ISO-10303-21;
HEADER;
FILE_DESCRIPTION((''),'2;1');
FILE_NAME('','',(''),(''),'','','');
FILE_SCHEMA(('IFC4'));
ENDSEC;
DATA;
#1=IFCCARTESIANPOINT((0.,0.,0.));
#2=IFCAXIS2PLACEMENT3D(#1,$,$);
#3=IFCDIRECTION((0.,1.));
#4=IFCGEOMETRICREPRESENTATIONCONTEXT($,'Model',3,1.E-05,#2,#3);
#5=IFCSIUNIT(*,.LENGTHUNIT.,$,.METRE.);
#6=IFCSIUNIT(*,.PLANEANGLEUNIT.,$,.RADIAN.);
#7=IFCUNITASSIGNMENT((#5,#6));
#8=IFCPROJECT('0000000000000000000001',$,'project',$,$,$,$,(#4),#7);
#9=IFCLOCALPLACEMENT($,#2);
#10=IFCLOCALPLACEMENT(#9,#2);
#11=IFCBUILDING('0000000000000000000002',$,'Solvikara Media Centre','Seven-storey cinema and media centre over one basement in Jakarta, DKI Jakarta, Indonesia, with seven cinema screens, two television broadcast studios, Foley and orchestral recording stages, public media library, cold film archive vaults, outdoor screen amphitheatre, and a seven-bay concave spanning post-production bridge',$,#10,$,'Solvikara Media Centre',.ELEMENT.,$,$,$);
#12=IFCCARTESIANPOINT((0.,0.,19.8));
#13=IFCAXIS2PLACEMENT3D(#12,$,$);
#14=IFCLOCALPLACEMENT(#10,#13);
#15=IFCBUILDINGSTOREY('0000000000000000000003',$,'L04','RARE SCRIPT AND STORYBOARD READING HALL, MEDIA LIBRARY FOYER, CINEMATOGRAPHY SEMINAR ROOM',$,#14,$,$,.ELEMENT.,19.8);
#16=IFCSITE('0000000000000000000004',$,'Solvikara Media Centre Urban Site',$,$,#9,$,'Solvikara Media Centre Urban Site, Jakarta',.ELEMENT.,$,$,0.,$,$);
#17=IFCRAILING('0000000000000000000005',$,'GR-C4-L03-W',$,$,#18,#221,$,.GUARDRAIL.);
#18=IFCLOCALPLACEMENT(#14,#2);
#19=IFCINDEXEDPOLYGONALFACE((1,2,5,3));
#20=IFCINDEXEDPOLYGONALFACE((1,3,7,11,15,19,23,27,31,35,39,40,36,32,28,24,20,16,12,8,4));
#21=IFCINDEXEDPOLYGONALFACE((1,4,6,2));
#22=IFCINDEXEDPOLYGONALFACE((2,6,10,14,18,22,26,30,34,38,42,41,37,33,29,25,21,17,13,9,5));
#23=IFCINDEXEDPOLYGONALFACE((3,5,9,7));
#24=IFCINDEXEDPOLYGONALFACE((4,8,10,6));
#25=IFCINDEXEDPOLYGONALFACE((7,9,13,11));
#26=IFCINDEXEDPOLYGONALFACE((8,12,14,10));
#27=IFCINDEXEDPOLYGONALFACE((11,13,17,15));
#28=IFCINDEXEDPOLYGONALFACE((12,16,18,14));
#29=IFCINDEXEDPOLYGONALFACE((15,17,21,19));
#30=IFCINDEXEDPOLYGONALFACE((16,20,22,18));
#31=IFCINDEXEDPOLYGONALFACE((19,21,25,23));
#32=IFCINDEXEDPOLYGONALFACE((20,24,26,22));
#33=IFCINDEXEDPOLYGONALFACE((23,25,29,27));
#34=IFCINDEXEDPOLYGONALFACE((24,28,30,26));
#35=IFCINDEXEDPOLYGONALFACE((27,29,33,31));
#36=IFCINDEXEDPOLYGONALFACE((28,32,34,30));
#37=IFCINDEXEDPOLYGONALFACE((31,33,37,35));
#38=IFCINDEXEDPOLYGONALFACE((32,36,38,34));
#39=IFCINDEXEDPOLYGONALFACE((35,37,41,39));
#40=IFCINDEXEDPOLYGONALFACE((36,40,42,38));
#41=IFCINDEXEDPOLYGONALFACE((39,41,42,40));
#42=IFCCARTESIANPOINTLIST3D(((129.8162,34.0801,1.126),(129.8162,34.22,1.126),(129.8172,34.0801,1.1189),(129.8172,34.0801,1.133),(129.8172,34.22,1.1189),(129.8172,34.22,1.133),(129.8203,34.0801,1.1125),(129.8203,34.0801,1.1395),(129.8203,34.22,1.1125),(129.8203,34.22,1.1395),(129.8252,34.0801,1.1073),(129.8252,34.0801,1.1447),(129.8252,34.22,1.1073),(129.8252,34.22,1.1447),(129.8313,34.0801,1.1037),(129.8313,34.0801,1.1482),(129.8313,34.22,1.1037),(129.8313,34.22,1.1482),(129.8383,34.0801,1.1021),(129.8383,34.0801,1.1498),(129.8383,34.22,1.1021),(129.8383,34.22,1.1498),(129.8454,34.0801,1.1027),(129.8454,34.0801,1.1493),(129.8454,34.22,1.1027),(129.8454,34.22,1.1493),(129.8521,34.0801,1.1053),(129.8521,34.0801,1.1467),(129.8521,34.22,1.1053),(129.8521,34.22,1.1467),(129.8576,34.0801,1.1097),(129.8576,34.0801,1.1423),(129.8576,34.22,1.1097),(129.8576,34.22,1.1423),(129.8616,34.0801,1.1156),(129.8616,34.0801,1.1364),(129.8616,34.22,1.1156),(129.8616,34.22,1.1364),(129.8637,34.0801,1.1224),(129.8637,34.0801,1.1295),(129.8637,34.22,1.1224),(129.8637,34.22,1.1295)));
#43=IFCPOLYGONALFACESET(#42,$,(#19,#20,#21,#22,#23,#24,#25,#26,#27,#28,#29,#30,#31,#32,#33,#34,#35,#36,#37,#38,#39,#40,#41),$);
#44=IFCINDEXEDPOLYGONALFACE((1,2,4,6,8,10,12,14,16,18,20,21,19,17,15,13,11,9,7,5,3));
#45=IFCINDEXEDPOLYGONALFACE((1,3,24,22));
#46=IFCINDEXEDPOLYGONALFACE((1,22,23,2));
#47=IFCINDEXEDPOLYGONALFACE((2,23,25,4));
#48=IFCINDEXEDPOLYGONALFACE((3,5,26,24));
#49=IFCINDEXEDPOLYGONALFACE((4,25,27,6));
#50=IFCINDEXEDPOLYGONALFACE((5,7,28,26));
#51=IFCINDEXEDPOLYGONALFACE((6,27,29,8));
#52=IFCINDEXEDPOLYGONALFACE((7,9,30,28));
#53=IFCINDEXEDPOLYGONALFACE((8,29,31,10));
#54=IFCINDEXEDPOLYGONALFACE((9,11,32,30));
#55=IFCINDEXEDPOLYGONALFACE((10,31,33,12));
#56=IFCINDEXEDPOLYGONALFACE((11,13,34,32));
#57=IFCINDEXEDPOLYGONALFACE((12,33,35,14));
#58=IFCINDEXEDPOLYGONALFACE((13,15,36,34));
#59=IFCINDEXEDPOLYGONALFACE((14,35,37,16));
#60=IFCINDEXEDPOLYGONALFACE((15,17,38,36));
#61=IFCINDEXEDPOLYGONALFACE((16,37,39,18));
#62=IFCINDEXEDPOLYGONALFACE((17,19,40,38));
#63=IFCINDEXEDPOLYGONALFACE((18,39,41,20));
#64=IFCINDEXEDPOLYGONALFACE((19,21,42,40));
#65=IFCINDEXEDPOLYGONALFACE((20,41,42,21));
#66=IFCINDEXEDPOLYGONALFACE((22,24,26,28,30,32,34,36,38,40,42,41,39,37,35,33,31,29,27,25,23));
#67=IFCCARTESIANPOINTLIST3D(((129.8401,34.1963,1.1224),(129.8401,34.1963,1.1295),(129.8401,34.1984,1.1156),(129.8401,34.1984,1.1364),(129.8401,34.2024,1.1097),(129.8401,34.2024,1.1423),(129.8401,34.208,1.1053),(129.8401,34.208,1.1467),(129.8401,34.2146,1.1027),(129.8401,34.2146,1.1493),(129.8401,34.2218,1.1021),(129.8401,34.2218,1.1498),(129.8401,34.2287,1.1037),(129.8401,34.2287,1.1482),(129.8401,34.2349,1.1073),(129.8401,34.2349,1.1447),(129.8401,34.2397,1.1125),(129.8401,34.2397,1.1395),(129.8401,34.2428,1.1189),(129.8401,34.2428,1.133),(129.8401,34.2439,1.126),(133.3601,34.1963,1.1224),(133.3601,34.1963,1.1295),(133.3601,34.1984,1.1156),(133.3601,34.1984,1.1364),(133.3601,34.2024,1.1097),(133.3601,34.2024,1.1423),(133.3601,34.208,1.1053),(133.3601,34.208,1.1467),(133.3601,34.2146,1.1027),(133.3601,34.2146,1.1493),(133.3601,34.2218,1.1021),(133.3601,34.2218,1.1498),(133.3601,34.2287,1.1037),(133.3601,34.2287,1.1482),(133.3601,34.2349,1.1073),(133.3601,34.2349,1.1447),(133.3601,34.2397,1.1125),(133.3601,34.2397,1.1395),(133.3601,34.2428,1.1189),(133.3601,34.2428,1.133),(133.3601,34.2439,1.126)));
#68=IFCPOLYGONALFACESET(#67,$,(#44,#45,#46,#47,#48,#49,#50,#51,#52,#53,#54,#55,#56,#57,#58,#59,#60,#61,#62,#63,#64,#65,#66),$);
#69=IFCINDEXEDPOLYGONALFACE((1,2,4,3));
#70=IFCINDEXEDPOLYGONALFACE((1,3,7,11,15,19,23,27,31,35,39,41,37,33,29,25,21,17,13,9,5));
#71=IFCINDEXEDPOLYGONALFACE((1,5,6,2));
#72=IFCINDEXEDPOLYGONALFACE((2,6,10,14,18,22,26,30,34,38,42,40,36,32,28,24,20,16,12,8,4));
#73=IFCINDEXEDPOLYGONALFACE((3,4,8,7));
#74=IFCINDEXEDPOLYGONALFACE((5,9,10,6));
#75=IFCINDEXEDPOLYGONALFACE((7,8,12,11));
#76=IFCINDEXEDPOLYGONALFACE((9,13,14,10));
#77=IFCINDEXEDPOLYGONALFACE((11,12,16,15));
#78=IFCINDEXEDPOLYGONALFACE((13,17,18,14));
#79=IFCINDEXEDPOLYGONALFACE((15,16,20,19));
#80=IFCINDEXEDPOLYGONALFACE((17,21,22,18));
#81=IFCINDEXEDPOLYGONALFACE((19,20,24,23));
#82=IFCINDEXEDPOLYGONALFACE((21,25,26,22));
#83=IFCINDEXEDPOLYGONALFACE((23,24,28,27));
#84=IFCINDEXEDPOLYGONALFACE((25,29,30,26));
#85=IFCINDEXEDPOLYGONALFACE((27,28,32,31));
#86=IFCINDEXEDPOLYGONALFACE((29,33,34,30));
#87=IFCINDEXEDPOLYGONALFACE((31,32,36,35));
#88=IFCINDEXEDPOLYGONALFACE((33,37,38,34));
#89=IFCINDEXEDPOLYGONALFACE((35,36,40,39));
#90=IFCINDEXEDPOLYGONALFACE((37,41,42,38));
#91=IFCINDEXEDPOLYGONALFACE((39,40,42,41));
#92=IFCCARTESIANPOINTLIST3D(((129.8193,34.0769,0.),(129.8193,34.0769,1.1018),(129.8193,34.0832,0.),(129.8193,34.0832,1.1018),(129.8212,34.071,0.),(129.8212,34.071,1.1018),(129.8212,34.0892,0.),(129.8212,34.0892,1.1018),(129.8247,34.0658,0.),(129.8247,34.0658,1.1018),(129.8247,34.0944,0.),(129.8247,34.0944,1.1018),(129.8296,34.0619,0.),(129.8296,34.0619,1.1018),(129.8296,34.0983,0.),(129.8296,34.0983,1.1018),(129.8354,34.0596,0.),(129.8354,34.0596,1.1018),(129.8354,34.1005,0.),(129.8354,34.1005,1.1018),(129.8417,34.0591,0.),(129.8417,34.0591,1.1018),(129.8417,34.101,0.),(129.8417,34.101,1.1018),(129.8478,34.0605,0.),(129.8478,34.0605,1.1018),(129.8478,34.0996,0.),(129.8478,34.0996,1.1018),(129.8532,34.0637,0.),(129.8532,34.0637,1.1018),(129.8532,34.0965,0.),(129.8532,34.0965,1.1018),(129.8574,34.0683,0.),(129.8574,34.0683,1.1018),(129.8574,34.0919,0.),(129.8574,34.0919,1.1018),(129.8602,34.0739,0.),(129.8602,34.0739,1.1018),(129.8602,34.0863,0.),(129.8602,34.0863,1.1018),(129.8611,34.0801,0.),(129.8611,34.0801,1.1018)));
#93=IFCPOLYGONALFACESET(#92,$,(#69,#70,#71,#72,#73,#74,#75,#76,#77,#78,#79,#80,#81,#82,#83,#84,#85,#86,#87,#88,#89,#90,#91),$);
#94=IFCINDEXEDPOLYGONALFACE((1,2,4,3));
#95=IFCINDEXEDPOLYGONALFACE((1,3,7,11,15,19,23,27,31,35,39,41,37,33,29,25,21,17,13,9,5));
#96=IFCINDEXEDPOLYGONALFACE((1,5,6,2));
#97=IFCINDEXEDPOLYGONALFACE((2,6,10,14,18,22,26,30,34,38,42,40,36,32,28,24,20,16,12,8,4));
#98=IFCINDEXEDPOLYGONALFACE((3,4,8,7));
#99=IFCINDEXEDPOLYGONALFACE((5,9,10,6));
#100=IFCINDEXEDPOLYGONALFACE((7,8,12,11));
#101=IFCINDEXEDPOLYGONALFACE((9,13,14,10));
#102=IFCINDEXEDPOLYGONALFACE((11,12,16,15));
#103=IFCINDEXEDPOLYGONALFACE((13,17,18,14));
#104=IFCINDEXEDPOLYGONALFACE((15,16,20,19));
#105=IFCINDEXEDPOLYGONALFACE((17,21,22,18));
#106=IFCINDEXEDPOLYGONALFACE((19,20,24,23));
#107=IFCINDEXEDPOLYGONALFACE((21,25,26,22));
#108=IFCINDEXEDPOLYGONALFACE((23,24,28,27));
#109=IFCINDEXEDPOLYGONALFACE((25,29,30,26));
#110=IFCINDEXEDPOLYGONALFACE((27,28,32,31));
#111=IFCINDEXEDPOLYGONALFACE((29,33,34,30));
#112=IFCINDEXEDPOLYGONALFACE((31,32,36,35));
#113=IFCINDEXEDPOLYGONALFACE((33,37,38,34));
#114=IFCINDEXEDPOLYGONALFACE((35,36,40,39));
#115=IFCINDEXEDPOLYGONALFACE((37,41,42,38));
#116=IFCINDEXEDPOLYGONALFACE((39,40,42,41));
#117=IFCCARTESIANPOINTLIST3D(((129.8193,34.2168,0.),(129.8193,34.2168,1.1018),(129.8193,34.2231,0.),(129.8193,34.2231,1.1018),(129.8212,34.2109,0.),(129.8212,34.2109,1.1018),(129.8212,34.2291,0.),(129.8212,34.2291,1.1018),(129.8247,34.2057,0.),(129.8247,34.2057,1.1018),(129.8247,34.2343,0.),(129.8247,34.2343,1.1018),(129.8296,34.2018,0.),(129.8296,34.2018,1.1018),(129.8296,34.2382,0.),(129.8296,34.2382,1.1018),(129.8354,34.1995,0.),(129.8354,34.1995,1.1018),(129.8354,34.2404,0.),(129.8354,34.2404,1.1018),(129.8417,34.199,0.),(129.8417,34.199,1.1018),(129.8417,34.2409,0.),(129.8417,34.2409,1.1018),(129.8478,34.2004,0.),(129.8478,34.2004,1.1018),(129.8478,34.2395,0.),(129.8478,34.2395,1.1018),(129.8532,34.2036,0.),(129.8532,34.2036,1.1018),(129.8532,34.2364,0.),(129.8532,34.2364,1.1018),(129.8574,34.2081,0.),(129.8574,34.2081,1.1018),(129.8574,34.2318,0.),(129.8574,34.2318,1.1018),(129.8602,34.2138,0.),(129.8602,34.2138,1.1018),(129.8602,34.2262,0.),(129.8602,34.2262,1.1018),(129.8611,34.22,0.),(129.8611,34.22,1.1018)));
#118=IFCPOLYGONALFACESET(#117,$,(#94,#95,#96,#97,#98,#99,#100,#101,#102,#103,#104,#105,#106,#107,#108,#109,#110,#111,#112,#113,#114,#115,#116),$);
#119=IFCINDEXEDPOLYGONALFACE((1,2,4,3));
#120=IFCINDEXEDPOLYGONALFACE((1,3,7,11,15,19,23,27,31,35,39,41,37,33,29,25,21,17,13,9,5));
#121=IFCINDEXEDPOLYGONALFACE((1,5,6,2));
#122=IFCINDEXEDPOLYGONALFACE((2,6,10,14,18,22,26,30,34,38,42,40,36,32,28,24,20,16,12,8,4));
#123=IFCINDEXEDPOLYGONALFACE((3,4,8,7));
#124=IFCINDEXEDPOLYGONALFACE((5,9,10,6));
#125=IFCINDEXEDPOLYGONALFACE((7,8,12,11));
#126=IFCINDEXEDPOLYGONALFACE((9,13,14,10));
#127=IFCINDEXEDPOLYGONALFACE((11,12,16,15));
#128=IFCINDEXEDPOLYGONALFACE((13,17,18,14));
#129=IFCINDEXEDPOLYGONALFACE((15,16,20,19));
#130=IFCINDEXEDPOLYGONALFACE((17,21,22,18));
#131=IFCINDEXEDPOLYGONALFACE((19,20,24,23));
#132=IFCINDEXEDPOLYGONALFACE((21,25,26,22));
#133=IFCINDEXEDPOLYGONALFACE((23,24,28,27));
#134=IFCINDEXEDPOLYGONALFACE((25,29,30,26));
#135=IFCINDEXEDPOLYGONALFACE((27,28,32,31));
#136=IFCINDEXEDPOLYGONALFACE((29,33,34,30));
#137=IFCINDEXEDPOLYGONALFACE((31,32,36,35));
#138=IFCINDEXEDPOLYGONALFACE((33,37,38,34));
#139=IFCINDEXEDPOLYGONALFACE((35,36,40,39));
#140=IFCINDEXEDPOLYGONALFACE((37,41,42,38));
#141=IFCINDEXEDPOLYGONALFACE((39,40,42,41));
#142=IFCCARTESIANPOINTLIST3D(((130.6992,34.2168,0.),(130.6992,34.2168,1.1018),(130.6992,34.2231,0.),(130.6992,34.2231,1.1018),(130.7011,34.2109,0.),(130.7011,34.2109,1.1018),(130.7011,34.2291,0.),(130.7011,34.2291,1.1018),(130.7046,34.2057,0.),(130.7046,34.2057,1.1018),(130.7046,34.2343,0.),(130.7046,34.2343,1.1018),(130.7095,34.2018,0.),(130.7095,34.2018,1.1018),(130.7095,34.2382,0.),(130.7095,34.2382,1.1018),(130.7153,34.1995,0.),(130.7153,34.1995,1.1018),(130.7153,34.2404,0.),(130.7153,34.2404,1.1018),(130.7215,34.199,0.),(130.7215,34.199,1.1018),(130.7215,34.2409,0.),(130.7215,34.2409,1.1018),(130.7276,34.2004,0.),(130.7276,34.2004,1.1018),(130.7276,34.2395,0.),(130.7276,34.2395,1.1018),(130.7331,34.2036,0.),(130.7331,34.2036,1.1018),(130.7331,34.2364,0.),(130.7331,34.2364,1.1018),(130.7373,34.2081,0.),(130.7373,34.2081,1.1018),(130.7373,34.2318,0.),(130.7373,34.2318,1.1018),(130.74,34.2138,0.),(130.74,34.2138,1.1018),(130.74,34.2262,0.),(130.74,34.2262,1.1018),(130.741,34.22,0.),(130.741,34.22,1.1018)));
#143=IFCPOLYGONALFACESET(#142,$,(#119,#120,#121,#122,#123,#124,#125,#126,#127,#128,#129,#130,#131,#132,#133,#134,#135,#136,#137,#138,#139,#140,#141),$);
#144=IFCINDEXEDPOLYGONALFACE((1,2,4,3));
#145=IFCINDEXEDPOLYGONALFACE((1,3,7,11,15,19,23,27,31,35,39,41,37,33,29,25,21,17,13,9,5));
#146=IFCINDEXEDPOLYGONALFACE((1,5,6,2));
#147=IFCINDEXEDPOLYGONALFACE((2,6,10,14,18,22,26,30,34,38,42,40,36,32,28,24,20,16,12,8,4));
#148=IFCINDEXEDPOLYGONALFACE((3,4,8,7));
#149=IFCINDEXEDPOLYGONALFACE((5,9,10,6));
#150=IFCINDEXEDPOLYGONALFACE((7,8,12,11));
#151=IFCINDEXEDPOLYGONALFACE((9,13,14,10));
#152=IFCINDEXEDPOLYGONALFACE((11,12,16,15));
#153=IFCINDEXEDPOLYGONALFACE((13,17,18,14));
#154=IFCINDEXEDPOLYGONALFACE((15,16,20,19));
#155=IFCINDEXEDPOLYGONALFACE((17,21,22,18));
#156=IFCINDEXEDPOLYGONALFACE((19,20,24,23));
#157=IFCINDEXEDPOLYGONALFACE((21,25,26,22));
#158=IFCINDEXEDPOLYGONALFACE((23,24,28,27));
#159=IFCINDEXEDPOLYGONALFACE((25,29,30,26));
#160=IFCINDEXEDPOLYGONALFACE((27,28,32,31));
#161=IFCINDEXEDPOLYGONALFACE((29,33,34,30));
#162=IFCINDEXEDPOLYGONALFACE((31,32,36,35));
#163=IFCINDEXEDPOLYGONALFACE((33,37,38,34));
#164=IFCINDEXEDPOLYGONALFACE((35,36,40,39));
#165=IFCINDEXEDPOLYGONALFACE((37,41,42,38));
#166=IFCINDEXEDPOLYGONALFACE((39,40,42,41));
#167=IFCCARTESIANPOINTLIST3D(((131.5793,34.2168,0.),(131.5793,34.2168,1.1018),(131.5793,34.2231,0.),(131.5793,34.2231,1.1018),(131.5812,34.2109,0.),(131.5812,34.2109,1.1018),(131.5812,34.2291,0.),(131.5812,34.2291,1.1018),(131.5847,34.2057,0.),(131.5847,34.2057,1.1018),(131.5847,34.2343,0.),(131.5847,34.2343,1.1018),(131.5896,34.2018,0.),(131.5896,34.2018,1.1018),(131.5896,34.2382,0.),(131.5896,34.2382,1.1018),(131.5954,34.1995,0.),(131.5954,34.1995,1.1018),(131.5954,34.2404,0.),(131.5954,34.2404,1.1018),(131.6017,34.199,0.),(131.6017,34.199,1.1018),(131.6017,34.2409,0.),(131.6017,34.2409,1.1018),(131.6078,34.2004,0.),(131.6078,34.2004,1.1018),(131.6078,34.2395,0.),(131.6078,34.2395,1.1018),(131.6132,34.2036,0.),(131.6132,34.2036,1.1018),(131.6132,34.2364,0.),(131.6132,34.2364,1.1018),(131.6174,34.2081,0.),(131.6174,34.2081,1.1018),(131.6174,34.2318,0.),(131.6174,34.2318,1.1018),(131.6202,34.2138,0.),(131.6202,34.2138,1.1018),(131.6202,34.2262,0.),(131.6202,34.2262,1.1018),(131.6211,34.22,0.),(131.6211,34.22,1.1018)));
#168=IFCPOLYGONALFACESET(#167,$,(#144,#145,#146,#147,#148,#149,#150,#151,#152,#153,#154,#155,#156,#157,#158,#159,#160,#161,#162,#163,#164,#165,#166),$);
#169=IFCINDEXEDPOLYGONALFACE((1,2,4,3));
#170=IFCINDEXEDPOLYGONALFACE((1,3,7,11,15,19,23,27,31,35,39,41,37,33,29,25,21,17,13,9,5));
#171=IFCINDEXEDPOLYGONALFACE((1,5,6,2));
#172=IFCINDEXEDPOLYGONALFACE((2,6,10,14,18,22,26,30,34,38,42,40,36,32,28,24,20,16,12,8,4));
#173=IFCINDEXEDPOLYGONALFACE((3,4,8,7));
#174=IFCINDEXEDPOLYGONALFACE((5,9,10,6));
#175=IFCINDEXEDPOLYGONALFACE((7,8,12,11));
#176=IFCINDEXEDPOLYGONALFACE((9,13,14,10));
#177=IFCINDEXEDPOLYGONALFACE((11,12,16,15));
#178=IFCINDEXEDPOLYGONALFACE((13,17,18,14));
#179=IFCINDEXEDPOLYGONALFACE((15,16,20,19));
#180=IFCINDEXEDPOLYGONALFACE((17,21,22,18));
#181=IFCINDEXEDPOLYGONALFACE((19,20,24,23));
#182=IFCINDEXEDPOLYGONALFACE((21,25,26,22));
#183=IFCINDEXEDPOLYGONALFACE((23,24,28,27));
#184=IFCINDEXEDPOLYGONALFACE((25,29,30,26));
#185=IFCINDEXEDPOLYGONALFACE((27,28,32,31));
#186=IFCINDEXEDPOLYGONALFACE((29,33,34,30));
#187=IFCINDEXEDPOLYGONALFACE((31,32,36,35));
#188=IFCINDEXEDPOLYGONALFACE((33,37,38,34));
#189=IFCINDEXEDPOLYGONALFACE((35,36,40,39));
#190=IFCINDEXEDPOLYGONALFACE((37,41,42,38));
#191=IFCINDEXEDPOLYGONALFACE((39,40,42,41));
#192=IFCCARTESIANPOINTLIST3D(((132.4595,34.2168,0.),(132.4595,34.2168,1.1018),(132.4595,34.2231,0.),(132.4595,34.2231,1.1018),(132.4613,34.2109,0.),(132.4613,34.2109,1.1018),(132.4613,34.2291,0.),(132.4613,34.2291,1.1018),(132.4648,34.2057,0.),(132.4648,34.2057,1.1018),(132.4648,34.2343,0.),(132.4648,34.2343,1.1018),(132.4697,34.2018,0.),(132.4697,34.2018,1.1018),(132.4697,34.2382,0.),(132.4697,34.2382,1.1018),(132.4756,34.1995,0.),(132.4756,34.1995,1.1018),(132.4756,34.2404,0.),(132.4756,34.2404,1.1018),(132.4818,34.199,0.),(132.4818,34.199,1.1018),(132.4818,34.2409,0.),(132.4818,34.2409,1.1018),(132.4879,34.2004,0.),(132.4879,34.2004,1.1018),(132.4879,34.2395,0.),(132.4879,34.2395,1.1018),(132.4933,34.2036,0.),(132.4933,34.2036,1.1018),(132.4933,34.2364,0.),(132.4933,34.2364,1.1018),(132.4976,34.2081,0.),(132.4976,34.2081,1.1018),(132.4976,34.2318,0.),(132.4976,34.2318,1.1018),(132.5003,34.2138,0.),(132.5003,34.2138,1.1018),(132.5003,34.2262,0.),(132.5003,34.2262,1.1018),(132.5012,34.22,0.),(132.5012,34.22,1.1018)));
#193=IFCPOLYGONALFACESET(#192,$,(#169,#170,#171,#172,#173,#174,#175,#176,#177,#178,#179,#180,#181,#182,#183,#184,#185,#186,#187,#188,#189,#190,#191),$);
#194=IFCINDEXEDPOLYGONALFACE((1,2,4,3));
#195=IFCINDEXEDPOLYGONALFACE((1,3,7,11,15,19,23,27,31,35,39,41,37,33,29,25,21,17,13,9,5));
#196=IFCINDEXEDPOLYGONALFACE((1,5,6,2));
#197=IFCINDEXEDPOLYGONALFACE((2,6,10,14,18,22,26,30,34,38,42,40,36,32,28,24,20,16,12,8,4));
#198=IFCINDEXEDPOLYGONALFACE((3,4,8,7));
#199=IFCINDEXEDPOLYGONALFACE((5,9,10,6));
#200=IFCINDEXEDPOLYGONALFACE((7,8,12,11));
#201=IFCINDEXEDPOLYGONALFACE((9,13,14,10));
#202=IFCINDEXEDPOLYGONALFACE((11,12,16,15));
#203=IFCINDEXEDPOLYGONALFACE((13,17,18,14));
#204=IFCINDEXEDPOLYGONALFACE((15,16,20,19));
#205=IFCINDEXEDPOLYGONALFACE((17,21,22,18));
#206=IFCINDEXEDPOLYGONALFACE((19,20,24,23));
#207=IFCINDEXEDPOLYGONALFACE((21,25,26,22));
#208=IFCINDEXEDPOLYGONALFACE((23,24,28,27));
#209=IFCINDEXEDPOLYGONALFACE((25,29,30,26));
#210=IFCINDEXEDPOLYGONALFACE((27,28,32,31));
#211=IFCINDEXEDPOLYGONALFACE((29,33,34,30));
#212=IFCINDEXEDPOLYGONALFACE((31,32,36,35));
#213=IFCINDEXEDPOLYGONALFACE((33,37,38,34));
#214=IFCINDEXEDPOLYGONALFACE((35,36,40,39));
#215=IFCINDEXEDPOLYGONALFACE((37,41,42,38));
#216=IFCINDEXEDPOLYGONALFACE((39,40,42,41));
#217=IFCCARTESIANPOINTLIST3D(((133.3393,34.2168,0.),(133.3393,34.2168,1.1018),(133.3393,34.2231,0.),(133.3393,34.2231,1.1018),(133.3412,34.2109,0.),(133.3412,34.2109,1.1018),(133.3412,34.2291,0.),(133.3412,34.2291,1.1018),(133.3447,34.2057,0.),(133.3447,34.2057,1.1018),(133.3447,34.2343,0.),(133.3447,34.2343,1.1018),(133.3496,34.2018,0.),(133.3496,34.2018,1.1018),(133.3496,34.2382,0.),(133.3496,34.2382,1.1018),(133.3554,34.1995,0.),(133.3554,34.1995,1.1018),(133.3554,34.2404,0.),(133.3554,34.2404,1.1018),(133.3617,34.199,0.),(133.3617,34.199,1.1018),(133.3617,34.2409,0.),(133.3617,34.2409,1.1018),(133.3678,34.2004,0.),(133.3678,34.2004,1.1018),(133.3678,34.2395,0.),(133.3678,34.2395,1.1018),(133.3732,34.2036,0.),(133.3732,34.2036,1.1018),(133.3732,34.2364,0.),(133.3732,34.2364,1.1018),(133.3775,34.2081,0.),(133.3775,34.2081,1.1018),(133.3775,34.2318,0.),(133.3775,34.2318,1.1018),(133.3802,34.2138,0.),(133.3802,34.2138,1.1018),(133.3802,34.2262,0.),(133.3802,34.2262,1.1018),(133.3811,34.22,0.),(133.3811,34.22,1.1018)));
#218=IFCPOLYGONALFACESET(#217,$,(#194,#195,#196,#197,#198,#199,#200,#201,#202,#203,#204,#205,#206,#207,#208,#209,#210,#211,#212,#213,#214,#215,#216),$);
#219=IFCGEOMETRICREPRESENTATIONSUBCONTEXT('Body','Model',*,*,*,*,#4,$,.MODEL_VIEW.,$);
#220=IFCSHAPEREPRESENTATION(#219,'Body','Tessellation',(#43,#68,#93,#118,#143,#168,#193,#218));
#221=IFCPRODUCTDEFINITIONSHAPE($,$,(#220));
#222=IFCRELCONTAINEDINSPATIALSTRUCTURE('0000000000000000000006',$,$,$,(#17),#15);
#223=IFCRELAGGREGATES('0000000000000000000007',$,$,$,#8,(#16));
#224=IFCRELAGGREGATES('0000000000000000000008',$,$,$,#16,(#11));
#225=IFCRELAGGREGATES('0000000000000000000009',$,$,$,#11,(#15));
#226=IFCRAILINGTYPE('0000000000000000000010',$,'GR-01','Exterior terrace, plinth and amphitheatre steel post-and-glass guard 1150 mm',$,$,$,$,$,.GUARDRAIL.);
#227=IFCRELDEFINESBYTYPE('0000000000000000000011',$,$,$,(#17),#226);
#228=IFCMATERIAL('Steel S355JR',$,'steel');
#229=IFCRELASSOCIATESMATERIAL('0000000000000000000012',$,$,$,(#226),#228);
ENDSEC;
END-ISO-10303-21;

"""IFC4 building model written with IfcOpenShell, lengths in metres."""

from ifc_helpers import new_model, si_unit, direction, frame, origin, origin_2d, place, context, subcontext, project, spatial, circle, extrude, material, type_object, element, save


model = new_model("IFC4")

# Units and contexts
model_context = context("Model", 3, precision=1e-05, world=origin(), true_north=direction((0.0, 1.0)))
body_context = subcontext(model_context, "Body", "Model", "MODEL_VIEW")
ifc_project = project(units=[si_unit("LENGTHUNIT", "METRE"), si_unit("PLANEANGLEUNIT", "RADIAN")], contexts=[model_context])

# Site, building, storey
site_placement = place(None, origin())
site = spatial("IfcSite", under=ifc_project, at=site_placement, Name="Solvikara Media Centre Urban Site", LongName="Solvikara Media Centre Urban Site, Jakarta", CompositionType="ELEMENT", RefElevation=0.0)
building_placement = place(site_placement, origin())
building = spatial("IfcBuilding", under=site, at=building_placement, Name="Solvikara Media Centre", Description="Seven-storey cinema and media centre over one basement in Jakarta, DKI Jakarta, Indonesia, with seven cinema screens, two television broadcast studios, Foley and orchestral recording stages, public media library, cold film archive vaults, outdoor screen amphitheatre, and a seven-bay concave spanning post-production bridge", LongName="Solvikara Media Centre", CompositionType="ELEMENT")
storey_placement = place(building_placement, frame((0.0, 0.0, 19.8)))
storey = spatial("IfcBuildingStorey", under=building, at=storey_placement, Name="L04", Description="RARE SCRIPT AND STORYBOARD READING HALL, MEDIA LIBRARY FOYER, CINEMATOGRAPHY SEMINAR ROOM", CompositionType="ELEMENT", Elevation=19.8)

# Shared definitions
ifc_material_1 = material(Name="Steel S355JR", Category="steel")

# Railing
railing_type_1 = type_object("IfcRailingType", Name="GR-01", Description="Exterior terrace, plinth and amphitheatre steel post-and-glass guard 1150 mm", PredefinedType="GUARDRAIL", material=ifc_material_1)
railing_1_placement = place(storey_placement, frame((129.8401, 34.0801, 0.0)))
element("IfcRailing", 1, at=railing_1_placement, inside=storey, type_object=railing_type_1, Name="GR-C4-L03-W", PredefinedType="GUARDRAIL", context=body_context, shape_type="SweptSolid", body=[
    extrude(circle(Radius=0.0239, at=origin_2d()), frame((0.0, 0.0, 1.126), z_axis=(0.0, 1.0, 0.0), x_axis=(-1.0, 0.0, 0.0)), (0.0, 0.0, 1.0), 0.1399),
    extrude(circle(Radius=0.0239, at=origin_2d()), frame((0.0, 0.1399, 1.126), z_axis=(1.0, 0.0, 0.0), x_axis=(0.0, 1.0, 0.0)), (0.0, 0.0, 1.0), 3.52),
    extrude(circle(Radius=0.021, at=origin_2d()), origin(), (0.0, 0.0, 1.0), 1.1018),
    extrude(circle(Radius=0.021, at=origin_2d()), frame((0.0, 0.1399, 0.0)), (0.0, 0.0, 1.0), 1.1018),
    extrude(circle(Radius=0.021, at=origin_2d()), frame((0.8799, 0.1399, 0.0)), (0.0, 0.0, 1.0), 1.1018),
    extrude(circle(Radius=0.021, at=origin_2d()), frame((1.76, 0.1399, 0.0)), (0.0, 0.0, 1.0), 1.1018),
    extrude(circle(Radius=0.021, at=origin_2d()), frame((2.6401, 0.1399, 0.0)), (0.0, 0.0, 1.0), 1.1018),
    extrude(circle(Radius=0.021, at=origin_2d()), frame((3.52, 0.1399, 0.0)), (0.0, 0.0, 1.0), 1.1018),
])

save(model, "model.ifc")
